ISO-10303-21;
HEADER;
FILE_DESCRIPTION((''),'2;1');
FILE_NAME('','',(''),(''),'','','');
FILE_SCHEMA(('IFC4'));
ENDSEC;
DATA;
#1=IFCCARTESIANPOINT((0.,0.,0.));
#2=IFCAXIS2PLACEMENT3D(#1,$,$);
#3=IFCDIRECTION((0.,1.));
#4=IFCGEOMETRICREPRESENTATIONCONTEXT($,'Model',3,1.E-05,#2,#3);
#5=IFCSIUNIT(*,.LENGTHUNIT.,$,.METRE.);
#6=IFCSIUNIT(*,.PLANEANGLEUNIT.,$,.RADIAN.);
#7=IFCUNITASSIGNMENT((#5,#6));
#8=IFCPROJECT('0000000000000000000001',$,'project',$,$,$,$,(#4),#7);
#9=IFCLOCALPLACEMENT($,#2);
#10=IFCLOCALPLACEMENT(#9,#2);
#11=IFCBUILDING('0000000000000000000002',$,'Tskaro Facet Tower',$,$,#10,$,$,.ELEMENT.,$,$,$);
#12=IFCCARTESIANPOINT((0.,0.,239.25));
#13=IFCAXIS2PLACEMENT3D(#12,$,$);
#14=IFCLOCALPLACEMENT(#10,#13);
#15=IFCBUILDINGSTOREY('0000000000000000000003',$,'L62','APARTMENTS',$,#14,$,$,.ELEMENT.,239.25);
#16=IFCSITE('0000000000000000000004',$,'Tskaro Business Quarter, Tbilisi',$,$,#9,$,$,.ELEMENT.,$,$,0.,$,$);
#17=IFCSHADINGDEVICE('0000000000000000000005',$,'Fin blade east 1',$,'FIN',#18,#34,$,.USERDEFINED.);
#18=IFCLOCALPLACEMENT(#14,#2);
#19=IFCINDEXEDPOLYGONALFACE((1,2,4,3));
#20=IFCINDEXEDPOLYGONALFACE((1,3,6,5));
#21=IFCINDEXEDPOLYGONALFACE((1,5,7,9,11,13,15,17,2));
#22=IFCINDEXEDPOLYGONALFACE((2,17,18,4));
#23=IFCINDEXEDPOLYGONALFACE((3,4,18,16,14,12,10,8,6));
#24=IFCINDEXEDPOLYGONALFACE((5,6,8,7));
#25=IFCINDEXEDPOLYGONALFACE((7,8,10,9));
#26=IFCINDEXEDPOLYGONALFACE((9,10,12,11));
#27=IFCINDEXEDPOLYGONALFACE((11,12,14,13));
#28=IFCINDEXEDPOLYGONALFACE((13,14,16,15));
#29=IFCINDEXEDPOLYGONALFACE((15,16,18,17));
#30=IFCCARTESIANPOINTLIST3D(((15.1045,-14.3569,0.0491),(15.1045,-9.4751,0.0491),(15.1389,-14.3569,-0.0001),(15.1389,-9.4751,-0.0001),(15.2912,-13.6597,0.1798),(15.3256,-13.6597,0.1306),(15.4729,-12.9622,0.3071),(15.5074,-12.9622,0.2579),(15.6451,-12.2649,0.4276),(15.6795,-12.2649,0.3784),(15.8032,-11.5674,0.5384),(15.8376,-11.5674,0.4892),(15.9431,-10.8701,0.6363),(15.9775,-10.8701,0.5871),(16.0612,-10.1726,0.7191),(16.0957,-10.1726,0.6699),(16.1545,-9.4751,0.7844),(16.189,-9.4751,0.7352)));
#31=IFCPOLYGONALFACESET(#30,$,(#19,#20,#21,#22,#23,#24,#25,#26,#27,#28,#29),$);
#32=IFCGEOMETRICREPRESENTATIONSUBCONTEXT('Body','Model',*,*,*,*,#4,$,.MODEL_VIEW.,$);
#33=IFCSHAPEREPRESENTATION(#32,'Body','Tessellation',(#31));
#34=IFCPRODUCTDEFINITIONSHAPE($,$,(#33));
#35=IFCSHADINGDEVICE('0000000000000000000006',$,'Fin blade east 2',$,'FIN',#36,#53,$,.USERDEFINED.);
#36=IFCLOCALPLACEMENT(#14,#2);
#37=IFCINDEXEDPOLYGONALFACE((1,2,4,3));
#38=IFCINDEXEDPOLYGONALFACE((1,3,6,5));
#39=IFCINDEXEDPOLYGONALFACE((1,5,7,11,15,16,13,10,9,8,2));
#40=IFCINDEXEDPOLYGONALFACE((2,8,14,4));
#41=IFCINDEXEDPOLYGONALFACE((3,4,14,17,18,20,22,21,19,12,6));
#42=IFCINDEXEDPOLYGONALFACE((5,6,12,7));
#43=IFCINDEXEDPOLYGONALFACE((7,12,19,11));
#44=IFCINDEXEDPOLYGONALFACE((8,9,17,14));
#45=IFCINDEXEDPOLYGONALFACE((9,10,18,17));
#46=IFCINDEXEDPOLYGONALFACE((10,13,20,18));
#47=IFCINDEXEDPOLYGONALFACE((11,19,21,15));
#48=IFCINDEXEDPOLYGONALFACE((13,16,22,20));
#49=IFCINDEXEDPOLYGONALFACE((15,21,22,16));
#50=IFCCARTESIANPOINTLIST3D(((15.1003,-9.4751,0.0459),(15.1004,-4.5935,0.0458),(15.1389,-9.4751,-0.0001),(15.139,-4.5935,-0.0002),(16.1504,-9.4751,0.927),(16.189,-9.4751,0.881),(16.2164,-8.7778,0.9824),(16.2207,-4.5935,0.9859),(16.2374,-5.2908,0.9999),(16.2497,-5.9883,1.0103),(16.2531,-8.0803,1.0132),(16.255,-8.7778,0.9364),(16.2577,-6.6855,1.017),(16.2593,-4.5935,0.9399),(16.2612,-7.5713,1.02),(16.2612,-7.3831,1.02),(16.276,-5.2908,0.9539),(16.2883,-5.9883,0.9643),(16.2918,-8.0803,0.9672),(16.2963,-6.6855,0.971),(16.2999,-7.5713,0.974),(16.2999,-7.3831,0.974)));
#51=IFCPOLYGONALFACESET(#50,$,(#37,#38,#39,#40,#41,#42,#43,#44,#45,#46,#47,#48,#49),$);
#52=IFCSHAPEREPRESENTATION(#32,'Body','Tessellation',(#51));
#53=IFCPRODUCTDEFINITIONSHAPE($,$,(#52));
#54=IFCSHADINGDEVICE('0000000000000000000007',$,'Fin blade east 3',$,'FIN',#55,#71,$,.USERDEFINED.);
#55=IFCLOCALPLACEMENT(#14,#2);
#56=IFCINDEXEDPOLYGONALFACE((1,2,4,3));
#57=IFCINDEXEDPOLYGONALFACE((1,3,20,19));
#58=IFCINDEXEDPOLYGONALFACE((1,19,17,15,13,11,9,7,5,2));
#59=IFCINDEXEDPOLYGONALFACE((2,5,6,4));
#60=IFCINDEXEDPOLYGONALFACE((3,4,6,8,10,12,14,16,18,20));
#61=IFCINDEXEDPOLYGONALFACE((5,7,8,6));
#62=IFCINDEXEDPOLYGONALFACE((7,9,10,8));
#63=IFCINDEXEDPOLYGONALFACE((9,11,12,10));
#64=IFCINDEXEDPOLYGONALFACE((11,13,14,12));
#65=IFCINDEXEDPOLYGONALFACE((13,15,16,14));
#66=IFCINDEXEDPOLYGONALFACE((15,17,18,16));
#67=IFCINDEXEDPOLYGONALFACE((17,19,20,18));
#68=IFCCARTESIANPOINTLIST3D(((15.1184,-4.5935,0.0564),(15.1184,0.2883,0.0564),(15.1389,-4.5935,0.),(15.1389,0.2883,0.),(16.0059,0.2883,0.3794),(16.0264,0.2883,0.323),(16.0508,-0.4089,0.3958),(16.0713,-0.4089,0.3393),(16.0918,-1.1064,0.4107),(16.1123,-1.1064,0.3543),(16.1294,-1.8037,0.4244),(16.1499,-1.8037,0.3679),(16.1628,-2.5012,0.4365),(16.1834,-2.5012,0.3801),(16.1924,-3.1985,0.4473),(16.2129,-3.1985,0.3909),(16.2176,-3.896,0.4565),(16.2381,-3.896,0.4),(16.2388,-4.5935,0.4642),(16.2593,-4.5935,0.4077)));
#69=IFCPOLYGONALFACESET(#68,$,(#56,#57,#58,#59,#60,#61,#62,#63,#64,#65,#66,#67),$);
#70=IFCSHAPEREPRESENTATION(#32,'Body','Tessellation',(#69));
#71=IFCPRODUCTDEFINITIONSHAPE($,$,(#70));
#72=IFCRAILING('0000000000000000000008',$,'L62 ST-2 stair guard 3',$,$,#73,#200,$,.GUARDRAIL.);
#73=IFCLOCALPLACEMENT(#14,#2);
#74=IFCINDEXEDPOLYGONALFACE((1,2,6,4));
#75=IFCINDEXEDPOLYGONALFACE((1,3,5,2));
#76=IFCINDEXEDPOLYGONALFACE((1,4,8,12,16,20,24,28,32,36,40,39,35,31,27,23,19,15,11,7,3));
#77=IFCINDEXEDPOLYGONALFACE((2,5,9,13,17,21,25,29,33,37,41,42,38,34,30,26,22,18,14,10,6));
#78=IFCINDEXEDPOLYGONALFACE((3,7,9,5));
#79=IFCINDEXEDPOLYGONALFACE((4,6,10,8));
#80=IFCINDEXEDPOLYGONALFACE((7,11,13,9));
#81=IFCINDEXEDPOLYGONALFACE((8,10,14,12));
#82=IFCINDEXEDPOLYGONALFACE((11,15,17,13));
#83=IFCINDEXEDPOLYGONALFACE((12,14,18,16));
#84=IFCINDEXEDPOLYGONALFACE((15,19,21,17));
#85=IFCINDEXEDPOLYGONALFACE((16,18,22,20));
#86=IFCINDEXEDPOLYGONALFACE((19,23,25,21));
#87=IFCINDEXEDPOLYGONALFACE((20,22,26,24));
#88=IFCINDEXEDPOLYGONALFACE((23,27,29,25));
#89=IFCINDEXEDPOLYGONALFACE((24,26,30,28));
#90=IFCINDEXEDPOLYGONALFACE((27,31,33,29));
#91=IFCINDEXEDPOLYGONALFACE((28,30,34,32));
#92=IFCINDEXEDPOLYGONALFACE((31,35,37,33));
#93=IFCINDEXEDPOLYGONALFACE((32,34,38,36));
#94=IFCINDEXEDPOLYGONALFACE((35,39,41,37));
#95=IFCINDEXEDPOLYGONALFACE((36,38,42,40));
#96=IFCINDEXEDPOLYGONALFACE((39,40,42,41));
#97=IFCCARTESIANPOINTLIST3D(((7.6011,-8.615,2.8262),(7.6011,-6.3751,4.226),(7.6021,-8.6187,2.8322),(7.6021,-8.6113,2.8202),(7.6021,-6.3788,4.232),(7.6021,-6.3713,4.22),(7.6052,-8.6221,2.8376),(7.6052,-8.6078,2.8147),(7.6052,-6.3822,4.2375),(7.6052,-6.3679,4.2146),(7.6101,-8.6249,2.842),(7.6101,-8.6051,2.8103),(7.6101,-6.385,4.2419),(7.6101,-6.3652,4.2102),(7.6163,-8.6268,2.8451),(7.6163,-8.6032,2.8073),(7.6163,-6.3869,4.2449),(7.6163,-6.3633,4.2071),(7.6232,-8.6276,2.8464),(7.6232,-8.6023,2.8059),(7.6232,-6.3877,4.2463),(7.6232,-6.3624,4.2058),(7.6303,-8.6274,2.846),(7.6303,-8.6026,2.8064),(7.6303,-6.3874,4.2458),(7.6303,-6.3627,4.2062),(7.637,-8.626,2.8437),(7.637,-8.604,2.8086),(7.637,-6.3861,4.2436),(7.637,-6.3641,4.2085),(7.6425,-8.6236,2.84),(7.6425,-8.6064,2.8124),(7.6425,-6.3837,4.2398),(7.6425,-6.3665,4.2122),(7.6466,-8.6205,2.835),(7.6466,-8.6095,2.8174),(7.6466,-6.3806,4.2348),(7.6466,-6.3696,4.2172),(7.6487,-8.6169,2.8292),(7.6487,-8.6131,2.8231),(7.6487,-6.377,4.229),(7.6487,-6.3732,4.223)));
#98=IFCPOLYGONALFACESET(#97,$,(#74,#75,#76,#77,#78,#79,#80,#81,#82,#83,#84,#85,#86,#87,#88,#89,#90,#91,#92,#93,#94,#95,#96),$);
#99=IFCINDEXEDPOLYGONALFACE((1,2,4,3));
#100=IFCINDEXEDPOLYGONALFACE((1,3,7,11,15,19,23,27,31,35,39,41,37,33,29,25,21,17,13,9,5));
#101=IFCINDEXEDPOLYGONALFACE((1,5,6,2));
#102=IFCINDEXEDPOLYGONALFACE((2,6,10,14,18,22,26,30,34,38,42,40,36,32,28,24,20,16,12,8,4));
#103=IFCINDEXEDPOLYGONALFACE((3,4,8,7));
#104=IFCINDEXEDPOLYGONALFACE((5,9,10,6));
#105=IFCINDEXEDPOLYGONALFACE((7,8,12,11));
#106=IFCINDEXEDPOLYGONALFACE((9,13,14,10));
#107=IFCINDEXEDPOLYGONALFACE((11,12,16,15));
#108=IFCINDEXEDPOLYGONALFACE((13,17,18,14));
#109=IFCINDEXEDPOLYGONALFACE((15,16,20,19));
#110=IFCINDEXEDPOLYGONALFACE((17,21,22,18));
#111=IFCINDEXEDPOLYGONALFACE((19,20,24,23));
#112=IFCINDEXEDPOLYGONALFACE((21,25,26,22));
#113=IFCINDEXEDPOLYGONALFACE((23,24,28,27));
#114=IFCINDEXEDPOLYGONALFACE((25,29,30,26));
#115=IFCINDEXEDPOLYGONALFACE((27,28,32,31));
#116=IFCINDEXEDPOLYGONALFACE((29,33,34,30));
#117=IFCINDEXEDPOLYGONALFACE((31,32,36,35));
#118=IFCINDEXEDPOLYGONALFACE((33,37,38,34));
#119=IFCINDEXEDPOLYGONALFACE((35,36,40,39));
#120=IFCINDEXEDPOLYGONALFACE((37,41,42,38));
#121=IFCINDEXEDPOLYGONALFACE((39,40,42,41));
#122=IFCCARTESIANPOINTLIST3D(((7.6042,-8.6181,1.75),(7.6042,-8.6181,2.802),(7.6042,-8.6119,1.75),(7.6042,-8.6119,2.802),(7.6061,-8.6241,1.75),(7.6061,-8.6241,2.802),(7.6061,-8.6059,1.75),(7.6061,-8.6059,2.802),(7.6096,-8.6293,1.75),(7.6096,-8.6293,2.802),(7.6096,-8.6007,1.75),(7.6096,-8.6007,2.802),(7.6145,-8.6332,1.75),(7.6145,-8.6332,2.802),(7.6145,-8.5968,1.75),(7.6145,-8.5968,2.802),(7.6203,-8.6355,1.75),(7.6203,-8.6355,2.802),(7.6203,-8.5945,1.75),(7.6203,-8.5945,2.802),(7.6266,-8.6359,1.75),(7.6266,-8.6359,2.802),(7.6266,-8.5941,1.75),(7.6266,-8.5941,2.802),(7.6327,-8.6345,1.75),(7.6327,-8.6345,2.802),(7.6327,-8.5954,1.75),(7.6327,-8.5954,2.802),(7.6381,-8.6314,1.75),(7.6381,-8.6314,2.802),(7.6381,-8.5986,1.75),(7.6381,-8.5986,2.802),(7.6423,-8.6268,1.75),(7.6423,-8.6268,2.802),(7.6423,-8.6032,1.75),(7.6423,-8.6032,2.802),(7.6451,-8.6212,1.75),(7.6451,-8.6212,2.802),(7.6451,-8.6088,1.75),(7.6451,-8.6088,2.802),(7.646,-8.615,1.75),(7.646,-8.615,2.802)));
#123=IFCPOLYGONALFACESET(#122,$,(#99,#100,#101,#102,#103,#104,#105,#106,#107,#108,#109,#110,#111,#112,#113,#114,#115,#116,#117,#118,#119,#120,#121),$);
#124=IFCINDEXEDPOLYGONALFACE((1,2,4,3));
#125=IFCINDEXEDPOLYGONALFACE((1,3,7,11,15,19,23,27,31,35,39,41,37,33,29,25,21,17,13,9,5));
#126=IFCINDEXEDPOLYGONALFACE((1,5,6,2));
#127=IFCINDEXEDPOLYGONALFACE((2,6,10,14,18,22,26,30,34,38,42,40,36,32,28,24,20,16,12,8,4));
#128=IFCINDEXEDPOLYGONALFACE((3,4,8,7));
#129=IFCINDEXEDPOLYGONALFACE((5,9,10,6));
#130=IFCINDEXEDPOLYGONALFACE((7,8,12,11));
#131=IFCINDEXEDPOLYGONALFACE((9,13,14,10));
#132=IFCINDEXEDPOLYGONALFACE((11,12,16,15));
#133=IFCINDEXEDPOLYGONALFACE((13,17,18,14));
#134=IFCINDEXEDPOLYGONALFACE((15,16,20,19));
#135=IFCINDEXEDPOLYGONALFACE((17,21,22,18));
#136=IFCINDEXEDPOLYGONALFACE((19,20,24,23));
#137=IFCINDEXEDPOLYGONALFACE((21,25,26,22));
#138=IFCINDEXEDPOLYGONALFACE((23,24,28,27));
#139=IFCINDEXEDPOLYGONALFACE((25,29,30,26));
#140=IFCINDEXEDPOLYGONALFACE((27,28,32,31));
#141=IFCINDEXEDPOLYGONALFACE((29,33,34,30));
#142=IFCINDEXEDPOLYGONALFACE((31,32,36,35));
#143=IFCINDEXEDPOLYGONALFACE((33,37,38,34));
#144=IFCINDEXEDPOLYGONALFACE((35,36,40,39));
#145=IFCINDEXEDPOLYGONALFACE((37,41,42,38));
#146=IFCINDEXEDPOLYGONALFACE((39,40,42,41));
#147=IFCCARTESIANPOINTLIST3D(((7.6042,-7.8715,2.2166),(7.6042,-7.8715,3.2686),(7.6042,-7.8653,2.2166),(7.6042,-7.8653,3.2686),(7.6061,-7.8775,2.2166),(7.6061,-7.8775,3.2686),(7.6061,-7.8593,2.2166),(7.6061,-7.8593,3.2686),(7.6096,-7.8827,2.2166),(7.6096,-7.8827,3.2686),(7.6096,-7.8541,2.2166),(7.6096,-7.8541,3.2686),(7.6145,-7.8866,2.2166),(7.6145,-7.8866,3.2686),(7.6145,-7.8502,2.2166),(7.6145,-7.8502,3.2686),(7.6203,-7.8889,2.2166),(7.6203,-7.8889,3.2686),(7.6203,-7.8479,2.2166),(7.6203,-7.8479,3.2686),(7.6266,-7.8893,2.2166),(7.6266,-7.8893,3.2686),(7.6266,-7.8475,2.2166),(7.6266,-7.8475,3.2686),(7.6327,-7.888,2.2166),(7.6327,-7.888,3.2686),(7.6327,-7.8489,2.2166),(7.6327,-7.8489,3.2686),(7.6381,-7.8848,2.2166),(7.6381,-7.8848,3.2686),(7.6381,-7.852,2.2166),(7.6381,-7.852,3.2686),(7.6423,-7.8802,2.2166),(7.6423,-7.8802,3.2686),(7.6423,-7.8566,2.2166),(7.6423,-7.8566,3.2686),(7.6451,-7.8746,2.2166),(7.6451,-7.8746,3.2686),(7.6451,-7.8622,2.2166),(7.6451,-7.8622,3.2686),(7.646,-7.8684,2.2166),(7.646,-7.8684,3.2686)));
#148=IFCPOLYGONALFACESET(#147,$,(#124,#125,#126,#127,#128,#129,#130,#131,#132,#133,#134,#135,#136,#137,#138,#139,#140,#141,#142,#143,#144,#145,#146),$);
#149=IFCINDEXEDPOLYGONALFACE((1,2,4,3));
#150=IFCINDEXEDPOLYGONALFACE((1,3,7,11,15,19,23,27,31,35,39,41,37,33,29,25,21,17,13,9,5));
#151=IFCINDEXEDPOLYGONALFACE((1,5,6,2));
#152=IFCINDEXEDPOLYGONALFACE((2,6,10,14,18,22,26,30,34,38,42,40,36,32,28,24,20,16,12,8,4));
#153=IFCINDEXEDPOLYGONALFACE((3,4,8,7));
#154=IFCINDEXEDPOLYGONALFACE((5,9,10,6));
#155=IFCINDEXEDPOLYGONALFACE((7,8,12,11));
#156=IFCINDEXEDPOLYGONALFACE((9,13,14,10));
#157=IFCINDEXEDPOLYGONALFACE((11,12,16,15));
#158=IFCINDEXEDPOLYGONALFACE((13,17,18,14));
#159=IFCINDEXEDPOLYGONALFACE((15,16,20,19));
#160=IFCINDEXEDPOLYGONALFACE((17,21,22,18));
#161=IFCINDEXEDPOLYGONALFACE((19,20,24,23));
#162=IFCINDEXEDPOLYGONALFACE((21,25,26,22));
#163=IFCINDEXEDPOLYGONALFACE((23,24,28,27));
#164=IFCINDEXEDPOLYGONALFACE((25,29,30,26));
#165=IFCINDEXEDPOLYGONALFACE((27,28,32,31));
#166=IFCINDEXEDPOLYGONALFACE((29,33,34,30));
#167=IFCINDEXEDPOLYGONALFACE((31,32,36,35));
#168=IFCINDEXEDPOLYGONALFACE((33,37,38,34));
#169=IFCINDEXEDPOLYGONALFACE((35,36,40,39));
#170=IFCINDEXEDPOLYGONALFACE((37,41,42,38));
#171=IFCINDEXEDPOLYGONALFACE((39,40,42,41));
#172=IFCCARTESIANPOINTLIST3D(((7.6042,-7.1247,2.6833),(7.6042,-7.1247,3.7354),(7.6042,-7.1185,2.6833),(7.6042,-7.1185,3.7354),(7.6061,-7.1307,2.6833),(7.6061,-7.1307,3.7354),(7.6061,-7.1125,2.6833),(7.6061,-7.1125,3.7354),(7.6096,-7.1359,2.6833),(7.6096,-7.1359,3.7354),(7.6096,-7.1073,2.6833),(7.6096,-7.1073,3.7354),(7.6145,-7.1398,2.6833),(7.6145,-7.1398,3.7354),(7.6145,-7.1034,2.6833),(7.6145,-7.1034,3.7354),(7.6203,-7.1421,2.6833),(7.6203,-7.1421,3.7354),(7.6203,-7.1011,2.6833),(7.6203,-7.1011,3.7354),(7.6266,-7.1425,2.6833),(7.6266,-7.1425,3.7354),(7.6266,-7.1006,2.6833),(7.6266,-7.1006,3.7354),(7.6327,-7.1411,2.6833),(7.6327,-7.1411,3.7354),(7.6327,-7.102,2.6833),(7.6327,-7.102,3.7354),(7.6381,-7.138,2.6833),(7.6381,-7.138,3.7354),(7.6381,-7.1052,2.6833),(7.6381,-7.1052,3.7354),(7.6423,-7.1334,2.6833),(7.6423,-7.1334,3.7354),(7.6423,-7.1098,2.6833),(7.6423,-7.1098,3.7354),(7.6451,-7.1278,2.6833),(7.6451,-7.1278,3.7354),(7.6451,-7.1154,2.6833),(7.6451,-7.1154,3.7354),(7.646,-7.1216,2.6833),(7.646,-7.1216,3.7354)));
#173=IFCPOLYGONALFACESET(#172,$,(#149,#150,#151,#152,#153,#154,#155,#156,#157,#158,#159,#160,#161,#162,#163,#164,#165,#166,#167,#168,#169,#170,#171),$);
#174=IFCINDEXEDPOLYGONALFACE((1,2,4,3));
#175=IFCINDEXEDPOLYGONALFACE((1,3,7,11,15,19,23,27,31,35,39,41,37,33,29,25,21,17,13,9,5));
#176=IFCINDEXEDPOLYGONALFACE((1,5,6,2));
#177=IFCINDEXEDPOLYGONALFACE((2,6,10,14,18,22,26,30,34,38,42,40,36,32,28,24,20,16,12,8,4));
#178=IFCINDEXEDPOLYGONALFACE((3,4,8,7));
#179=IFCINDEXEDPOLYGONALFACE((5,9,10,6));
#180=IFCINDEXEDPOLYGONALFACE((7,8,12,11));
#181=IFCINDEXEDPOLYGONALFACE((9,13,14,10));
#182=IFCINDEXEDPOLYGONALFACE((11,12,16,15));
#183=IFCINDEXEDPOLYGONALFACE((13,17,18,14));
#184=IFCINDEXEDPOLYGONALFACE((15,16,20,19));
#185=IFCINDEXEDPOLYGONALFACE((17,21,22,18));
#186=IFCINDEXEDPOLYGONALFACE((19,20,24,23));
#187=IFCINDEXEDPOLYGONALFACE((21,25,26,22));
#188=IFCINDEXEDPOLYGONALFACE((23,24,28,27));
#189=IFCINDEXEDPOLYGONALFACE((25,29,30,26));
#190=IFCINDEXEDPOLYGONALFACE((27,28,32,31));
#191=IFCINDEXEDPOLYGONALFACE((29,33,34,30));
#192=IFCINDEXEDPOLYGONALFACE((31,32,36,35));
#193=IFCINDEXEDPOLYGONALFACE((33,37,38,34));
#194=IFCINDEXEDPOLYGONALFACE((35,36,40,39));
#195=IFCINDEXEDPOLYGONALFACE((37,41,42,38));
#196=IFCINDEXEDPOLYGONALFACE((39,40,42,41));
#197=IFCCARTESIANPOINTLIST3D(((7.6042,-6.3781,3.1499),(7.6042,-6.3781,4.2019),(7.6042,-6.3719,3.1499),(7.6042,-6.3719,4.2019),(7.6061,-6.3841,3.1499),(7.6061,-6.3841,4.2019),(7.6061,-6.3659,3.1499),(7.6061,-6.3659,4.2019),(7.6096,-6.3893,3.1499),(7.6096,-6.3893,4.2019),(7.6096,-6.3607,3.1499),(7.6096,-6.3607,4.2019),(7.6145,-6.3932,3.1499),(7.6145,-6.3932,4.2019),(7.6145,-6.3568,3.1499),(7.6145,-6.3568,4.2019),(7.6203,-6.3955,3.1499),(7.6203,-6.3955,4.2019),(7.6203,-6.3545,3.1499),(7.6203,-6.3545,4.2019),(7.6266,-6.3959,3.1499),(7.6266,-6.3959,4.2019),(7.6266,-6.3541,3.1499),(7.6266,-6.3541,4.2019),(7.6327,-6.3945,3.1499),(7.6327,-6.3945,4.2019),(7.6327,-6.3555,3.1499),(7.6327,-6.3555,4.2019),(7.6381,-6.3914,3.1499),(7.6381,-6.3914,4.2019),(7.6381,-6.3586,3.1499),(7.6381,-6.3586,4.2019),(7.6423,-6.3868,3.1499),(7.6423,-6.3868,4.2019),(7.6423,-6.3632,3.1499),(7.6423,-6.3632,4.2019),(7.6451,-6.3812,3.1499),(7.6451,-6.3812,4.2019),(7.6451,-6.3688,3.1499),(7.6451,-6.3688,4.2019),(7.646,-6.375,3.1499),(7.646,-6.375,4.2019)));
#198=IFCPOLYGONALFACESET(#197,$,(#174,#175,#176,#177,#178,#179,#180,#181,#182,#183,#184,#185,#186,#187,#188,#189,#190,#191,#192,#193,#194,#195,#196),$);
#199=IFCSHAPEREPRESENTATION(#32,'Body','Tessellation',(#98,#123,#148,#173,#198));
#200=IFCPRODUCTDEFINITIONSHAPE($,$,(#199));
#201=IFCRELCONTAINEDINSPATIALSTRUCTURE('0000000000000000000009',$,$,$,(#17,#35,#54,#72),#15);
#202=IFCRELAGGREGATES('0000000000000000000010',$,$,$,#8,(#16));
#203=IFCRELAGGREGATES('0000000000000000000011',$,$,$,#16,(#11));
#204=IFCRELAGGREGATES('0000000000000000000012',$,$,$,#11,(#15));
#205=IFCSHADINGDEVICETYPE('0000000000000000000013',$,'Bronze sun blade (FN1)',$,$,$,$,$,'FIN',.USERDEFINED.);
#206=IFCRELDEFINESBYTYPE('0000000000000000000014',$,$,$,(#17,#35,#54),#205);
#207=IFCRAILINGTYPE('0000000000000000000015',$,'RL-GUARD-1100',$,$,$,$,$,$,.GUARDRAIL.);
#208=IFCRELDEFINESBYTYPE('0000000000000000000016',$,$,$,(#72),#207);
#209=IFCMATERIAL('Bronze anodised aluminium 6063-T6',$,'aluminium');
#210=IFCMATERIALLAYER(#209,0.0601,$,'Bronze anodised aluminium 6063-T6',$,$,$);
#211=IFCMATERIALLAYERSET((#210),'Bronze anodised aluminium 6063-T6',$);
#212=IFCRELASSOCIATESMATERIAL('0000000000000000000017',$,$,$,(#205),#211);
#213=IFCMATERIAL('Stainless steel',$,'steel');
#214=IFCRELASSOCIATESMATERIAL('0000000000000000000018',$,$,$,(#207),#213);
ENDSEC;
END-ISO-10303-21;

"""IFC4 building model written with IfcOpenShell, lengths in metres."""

from ifc_helpers import new_model, si_unit, direction, frame, origin, origin_2d, place, context, subcontext, project, spatial, polyline, circle, outline, extrude, material, layer, layer_set, type_object, element, save


model = new_model("IFC4")

# Units and contexts
model_context = context("Model", 3, precision=1e-05, world=origin(), true_north=direction((0.0, 1.0)))
body_context = subcontext(model_context, "Body", "Model", "MODEL_VIEW")
ifc_project = project(units=[si_unit("LENGTHUNIT", "METRE"), si_unit("PLANEANGLEUNIT", "RADIAN")], contexts=[model_context])

# Site, building, storey
site_placement = place(None, origin())
site = spatial("IfcSite", under=ifc_project, at=site_placement, Name="Tskaro Business Quarter, Tbilisi", CompositionType="ELEMENT", RefElevation=0.0)
building_placement = place(site_placement, origin())
building = spatial("IfcBuilding", under=site, at=building_placement, Name="Tskaro Facet Tower", CompositionType="ELEMENT")
storey_placement = place(building_placement, frame((0.0, 0.0, 239.25)))
storey = spatial("IfcBuildingStorey", under=building, at=storey_placement, Name="L62", Description="APARTMENTS", CompositionType="ELEMENT", Elevation=239.25)

# Shared definitions
ifc_material_1 = material(Name="Bronze anodised aluminium 6063-T6", Category="aluminium")

# Shading devices
ifc_layer_1 = layer(ifc_material_1, 0.0601, Name="Bronze anodised aluminium 6063-T6")
ifc_layer_set_1 = layer_set([ifc_layer_1], Name="Bronze anodised aluminium 6063-T6")
shading_device_type = type_object("IfcShadingDeviceType", Name="Bronze sun blade (FN1)", ElementType="FIN", PredefinedType="USERDEFINED", material=ifc_layer_set_1)
shading_device_1_placement = place(storey_placement, frame((15.1045, -14.3569, 0.0491), z_axis=(-0.573588, -0.000011, 0.819144), x_axis=(-0.000007, 1.0, 0.000009)))
element("IfcShadingDevice", 1, at=shading_device_1_placement, inside=storey, type_object=shading_device_type, Name="Fin blade east 1", ObjectType="FIN", PredefinedType="USERDEFINED", context=body_context, shape_type="SweptSolid", body=[
    extrude(outline(polyline([(0.0, 0.0), (4.8818, 0.0), (4.8818, -1.2819), (4.1843, -1.168), (3.4868, -1.0237), (2.7896, -0.853), (2.092, -0.66), (1.3948, -0.4498), (0.6973, -0.2279), (0.0, 0.0)])), origin(), (0.0, 0.0, -1.0), 0.0601),
])
shading_device_2_placement = place(storey_placement, frame((15.1003, -9.4751, 0.0459), z_axis=(-0.642795, 0.000013, 0.766038), x_axis=(0.000008, 1.0, -0.00001)))
element("IfcShadingDevice", 2, at=shading_device_2_placement, inside=storey, type_object=shading_device_type, Name="Fin blade east 2", ObjectType="FIN", PredefinedType="USERDEFINED", context=body_context, shape_type="SweptSolid", body=[
    extrude(outline(polyline([(0.0, 0.0), (4.8816, 0.0), (4.8816, -1.4624), (4.1843, -1.4842), (3.4868, -1.5004), (2.7896, -1.5108), (2.092, -1.5154), (1.9038, -1.5154), (1.3948, -1.5049), (0.6973, -1.4569), (0.0, -1.3707), (0.0, 0.0)])), origin(), (0.0, 0.0, -1.0), 0.0601),
])
shading_device_3_placement = place(storey_placement, frame((15.1184, -4.5935, 0.0564), z_axis=(-0.342013, -0.000005, 0.939695), x_axis=(-0.000002, 1.0, 0.000005)))
element("IfcShadingDevice", 3, at=shading_device_3_placement, inside=storey, type_object=shading_device_type, Name="Fin blade east 3", ObjectType="FIN", PredefinedType="USERDEFINED", context=body_context, shape_type="SweptSolid", body=[
    extrude(outline(polyline([(0.0, 0.0), (4.8818, 0.0), (4.8818, -0.9444), (4.1846, -0.9922), (3.4871, -1.0358), (2.7898, -1.0759), (2.0923, -1.1115), (1.395, -1.1429), (0.6975, -1.1697), (0.0, -1.1922), (0.0, 0.0)])), origin(), (0.0, 0.0, -1.0), 0.0601),
])

# Railing
ifc_material_2 = material(Name="Stainless steel", Category="steel")
railing_type_1 = type_object("IfcRailingType", Name="RL-GUARD-1100", PredefinedType="GUARDRAIL", material=ifc_material_2)
railing_1_placement = place(storey_placement, frame((7.625, -8.615, 1.75)))
element("IfcRailing", 4, at=railing_1_placement, inside=storey, type_object=railing_type_1, Name="L62 ST-2 stair guard 3", PredefinedType="GUARDRAIL", context=body_context, shape_type="SweptSolid", body=[
    extrude(circle(Radius=0.0239, at=origin_2d()), frame((0.0, 0.0, 1.0762), z_axis=(0.0, 0.848014, 0.529974), x_axis=(-1.0, 0.0, 0.0)), (0.0, 0.0, 1.0), 2.6414),
    extrude(circle(Radius=0.021, at=origin_2d()), origin(), (0.0, 0.0, 1.0), 1.052),
    extrude(circle(Radius=0.021, at=origin_2d()), frame((0.0, 0.7466, 0.4666)), (0.0, 0.0, 1.0), 1.052),
    extrude(circle(Radius=0.021, at=origin_2d()), frame((0.0, 1.4934, 0.9333)), (0.0, 0.0, 1.0), 1.052),
    extrude(circle(Radius=0.021, at=origin_2d()), frame((0.0, 2.24, 1.3999)), (0.0, 0.0, 1.0), 1.052),
])

save(model, "model.ifc")
